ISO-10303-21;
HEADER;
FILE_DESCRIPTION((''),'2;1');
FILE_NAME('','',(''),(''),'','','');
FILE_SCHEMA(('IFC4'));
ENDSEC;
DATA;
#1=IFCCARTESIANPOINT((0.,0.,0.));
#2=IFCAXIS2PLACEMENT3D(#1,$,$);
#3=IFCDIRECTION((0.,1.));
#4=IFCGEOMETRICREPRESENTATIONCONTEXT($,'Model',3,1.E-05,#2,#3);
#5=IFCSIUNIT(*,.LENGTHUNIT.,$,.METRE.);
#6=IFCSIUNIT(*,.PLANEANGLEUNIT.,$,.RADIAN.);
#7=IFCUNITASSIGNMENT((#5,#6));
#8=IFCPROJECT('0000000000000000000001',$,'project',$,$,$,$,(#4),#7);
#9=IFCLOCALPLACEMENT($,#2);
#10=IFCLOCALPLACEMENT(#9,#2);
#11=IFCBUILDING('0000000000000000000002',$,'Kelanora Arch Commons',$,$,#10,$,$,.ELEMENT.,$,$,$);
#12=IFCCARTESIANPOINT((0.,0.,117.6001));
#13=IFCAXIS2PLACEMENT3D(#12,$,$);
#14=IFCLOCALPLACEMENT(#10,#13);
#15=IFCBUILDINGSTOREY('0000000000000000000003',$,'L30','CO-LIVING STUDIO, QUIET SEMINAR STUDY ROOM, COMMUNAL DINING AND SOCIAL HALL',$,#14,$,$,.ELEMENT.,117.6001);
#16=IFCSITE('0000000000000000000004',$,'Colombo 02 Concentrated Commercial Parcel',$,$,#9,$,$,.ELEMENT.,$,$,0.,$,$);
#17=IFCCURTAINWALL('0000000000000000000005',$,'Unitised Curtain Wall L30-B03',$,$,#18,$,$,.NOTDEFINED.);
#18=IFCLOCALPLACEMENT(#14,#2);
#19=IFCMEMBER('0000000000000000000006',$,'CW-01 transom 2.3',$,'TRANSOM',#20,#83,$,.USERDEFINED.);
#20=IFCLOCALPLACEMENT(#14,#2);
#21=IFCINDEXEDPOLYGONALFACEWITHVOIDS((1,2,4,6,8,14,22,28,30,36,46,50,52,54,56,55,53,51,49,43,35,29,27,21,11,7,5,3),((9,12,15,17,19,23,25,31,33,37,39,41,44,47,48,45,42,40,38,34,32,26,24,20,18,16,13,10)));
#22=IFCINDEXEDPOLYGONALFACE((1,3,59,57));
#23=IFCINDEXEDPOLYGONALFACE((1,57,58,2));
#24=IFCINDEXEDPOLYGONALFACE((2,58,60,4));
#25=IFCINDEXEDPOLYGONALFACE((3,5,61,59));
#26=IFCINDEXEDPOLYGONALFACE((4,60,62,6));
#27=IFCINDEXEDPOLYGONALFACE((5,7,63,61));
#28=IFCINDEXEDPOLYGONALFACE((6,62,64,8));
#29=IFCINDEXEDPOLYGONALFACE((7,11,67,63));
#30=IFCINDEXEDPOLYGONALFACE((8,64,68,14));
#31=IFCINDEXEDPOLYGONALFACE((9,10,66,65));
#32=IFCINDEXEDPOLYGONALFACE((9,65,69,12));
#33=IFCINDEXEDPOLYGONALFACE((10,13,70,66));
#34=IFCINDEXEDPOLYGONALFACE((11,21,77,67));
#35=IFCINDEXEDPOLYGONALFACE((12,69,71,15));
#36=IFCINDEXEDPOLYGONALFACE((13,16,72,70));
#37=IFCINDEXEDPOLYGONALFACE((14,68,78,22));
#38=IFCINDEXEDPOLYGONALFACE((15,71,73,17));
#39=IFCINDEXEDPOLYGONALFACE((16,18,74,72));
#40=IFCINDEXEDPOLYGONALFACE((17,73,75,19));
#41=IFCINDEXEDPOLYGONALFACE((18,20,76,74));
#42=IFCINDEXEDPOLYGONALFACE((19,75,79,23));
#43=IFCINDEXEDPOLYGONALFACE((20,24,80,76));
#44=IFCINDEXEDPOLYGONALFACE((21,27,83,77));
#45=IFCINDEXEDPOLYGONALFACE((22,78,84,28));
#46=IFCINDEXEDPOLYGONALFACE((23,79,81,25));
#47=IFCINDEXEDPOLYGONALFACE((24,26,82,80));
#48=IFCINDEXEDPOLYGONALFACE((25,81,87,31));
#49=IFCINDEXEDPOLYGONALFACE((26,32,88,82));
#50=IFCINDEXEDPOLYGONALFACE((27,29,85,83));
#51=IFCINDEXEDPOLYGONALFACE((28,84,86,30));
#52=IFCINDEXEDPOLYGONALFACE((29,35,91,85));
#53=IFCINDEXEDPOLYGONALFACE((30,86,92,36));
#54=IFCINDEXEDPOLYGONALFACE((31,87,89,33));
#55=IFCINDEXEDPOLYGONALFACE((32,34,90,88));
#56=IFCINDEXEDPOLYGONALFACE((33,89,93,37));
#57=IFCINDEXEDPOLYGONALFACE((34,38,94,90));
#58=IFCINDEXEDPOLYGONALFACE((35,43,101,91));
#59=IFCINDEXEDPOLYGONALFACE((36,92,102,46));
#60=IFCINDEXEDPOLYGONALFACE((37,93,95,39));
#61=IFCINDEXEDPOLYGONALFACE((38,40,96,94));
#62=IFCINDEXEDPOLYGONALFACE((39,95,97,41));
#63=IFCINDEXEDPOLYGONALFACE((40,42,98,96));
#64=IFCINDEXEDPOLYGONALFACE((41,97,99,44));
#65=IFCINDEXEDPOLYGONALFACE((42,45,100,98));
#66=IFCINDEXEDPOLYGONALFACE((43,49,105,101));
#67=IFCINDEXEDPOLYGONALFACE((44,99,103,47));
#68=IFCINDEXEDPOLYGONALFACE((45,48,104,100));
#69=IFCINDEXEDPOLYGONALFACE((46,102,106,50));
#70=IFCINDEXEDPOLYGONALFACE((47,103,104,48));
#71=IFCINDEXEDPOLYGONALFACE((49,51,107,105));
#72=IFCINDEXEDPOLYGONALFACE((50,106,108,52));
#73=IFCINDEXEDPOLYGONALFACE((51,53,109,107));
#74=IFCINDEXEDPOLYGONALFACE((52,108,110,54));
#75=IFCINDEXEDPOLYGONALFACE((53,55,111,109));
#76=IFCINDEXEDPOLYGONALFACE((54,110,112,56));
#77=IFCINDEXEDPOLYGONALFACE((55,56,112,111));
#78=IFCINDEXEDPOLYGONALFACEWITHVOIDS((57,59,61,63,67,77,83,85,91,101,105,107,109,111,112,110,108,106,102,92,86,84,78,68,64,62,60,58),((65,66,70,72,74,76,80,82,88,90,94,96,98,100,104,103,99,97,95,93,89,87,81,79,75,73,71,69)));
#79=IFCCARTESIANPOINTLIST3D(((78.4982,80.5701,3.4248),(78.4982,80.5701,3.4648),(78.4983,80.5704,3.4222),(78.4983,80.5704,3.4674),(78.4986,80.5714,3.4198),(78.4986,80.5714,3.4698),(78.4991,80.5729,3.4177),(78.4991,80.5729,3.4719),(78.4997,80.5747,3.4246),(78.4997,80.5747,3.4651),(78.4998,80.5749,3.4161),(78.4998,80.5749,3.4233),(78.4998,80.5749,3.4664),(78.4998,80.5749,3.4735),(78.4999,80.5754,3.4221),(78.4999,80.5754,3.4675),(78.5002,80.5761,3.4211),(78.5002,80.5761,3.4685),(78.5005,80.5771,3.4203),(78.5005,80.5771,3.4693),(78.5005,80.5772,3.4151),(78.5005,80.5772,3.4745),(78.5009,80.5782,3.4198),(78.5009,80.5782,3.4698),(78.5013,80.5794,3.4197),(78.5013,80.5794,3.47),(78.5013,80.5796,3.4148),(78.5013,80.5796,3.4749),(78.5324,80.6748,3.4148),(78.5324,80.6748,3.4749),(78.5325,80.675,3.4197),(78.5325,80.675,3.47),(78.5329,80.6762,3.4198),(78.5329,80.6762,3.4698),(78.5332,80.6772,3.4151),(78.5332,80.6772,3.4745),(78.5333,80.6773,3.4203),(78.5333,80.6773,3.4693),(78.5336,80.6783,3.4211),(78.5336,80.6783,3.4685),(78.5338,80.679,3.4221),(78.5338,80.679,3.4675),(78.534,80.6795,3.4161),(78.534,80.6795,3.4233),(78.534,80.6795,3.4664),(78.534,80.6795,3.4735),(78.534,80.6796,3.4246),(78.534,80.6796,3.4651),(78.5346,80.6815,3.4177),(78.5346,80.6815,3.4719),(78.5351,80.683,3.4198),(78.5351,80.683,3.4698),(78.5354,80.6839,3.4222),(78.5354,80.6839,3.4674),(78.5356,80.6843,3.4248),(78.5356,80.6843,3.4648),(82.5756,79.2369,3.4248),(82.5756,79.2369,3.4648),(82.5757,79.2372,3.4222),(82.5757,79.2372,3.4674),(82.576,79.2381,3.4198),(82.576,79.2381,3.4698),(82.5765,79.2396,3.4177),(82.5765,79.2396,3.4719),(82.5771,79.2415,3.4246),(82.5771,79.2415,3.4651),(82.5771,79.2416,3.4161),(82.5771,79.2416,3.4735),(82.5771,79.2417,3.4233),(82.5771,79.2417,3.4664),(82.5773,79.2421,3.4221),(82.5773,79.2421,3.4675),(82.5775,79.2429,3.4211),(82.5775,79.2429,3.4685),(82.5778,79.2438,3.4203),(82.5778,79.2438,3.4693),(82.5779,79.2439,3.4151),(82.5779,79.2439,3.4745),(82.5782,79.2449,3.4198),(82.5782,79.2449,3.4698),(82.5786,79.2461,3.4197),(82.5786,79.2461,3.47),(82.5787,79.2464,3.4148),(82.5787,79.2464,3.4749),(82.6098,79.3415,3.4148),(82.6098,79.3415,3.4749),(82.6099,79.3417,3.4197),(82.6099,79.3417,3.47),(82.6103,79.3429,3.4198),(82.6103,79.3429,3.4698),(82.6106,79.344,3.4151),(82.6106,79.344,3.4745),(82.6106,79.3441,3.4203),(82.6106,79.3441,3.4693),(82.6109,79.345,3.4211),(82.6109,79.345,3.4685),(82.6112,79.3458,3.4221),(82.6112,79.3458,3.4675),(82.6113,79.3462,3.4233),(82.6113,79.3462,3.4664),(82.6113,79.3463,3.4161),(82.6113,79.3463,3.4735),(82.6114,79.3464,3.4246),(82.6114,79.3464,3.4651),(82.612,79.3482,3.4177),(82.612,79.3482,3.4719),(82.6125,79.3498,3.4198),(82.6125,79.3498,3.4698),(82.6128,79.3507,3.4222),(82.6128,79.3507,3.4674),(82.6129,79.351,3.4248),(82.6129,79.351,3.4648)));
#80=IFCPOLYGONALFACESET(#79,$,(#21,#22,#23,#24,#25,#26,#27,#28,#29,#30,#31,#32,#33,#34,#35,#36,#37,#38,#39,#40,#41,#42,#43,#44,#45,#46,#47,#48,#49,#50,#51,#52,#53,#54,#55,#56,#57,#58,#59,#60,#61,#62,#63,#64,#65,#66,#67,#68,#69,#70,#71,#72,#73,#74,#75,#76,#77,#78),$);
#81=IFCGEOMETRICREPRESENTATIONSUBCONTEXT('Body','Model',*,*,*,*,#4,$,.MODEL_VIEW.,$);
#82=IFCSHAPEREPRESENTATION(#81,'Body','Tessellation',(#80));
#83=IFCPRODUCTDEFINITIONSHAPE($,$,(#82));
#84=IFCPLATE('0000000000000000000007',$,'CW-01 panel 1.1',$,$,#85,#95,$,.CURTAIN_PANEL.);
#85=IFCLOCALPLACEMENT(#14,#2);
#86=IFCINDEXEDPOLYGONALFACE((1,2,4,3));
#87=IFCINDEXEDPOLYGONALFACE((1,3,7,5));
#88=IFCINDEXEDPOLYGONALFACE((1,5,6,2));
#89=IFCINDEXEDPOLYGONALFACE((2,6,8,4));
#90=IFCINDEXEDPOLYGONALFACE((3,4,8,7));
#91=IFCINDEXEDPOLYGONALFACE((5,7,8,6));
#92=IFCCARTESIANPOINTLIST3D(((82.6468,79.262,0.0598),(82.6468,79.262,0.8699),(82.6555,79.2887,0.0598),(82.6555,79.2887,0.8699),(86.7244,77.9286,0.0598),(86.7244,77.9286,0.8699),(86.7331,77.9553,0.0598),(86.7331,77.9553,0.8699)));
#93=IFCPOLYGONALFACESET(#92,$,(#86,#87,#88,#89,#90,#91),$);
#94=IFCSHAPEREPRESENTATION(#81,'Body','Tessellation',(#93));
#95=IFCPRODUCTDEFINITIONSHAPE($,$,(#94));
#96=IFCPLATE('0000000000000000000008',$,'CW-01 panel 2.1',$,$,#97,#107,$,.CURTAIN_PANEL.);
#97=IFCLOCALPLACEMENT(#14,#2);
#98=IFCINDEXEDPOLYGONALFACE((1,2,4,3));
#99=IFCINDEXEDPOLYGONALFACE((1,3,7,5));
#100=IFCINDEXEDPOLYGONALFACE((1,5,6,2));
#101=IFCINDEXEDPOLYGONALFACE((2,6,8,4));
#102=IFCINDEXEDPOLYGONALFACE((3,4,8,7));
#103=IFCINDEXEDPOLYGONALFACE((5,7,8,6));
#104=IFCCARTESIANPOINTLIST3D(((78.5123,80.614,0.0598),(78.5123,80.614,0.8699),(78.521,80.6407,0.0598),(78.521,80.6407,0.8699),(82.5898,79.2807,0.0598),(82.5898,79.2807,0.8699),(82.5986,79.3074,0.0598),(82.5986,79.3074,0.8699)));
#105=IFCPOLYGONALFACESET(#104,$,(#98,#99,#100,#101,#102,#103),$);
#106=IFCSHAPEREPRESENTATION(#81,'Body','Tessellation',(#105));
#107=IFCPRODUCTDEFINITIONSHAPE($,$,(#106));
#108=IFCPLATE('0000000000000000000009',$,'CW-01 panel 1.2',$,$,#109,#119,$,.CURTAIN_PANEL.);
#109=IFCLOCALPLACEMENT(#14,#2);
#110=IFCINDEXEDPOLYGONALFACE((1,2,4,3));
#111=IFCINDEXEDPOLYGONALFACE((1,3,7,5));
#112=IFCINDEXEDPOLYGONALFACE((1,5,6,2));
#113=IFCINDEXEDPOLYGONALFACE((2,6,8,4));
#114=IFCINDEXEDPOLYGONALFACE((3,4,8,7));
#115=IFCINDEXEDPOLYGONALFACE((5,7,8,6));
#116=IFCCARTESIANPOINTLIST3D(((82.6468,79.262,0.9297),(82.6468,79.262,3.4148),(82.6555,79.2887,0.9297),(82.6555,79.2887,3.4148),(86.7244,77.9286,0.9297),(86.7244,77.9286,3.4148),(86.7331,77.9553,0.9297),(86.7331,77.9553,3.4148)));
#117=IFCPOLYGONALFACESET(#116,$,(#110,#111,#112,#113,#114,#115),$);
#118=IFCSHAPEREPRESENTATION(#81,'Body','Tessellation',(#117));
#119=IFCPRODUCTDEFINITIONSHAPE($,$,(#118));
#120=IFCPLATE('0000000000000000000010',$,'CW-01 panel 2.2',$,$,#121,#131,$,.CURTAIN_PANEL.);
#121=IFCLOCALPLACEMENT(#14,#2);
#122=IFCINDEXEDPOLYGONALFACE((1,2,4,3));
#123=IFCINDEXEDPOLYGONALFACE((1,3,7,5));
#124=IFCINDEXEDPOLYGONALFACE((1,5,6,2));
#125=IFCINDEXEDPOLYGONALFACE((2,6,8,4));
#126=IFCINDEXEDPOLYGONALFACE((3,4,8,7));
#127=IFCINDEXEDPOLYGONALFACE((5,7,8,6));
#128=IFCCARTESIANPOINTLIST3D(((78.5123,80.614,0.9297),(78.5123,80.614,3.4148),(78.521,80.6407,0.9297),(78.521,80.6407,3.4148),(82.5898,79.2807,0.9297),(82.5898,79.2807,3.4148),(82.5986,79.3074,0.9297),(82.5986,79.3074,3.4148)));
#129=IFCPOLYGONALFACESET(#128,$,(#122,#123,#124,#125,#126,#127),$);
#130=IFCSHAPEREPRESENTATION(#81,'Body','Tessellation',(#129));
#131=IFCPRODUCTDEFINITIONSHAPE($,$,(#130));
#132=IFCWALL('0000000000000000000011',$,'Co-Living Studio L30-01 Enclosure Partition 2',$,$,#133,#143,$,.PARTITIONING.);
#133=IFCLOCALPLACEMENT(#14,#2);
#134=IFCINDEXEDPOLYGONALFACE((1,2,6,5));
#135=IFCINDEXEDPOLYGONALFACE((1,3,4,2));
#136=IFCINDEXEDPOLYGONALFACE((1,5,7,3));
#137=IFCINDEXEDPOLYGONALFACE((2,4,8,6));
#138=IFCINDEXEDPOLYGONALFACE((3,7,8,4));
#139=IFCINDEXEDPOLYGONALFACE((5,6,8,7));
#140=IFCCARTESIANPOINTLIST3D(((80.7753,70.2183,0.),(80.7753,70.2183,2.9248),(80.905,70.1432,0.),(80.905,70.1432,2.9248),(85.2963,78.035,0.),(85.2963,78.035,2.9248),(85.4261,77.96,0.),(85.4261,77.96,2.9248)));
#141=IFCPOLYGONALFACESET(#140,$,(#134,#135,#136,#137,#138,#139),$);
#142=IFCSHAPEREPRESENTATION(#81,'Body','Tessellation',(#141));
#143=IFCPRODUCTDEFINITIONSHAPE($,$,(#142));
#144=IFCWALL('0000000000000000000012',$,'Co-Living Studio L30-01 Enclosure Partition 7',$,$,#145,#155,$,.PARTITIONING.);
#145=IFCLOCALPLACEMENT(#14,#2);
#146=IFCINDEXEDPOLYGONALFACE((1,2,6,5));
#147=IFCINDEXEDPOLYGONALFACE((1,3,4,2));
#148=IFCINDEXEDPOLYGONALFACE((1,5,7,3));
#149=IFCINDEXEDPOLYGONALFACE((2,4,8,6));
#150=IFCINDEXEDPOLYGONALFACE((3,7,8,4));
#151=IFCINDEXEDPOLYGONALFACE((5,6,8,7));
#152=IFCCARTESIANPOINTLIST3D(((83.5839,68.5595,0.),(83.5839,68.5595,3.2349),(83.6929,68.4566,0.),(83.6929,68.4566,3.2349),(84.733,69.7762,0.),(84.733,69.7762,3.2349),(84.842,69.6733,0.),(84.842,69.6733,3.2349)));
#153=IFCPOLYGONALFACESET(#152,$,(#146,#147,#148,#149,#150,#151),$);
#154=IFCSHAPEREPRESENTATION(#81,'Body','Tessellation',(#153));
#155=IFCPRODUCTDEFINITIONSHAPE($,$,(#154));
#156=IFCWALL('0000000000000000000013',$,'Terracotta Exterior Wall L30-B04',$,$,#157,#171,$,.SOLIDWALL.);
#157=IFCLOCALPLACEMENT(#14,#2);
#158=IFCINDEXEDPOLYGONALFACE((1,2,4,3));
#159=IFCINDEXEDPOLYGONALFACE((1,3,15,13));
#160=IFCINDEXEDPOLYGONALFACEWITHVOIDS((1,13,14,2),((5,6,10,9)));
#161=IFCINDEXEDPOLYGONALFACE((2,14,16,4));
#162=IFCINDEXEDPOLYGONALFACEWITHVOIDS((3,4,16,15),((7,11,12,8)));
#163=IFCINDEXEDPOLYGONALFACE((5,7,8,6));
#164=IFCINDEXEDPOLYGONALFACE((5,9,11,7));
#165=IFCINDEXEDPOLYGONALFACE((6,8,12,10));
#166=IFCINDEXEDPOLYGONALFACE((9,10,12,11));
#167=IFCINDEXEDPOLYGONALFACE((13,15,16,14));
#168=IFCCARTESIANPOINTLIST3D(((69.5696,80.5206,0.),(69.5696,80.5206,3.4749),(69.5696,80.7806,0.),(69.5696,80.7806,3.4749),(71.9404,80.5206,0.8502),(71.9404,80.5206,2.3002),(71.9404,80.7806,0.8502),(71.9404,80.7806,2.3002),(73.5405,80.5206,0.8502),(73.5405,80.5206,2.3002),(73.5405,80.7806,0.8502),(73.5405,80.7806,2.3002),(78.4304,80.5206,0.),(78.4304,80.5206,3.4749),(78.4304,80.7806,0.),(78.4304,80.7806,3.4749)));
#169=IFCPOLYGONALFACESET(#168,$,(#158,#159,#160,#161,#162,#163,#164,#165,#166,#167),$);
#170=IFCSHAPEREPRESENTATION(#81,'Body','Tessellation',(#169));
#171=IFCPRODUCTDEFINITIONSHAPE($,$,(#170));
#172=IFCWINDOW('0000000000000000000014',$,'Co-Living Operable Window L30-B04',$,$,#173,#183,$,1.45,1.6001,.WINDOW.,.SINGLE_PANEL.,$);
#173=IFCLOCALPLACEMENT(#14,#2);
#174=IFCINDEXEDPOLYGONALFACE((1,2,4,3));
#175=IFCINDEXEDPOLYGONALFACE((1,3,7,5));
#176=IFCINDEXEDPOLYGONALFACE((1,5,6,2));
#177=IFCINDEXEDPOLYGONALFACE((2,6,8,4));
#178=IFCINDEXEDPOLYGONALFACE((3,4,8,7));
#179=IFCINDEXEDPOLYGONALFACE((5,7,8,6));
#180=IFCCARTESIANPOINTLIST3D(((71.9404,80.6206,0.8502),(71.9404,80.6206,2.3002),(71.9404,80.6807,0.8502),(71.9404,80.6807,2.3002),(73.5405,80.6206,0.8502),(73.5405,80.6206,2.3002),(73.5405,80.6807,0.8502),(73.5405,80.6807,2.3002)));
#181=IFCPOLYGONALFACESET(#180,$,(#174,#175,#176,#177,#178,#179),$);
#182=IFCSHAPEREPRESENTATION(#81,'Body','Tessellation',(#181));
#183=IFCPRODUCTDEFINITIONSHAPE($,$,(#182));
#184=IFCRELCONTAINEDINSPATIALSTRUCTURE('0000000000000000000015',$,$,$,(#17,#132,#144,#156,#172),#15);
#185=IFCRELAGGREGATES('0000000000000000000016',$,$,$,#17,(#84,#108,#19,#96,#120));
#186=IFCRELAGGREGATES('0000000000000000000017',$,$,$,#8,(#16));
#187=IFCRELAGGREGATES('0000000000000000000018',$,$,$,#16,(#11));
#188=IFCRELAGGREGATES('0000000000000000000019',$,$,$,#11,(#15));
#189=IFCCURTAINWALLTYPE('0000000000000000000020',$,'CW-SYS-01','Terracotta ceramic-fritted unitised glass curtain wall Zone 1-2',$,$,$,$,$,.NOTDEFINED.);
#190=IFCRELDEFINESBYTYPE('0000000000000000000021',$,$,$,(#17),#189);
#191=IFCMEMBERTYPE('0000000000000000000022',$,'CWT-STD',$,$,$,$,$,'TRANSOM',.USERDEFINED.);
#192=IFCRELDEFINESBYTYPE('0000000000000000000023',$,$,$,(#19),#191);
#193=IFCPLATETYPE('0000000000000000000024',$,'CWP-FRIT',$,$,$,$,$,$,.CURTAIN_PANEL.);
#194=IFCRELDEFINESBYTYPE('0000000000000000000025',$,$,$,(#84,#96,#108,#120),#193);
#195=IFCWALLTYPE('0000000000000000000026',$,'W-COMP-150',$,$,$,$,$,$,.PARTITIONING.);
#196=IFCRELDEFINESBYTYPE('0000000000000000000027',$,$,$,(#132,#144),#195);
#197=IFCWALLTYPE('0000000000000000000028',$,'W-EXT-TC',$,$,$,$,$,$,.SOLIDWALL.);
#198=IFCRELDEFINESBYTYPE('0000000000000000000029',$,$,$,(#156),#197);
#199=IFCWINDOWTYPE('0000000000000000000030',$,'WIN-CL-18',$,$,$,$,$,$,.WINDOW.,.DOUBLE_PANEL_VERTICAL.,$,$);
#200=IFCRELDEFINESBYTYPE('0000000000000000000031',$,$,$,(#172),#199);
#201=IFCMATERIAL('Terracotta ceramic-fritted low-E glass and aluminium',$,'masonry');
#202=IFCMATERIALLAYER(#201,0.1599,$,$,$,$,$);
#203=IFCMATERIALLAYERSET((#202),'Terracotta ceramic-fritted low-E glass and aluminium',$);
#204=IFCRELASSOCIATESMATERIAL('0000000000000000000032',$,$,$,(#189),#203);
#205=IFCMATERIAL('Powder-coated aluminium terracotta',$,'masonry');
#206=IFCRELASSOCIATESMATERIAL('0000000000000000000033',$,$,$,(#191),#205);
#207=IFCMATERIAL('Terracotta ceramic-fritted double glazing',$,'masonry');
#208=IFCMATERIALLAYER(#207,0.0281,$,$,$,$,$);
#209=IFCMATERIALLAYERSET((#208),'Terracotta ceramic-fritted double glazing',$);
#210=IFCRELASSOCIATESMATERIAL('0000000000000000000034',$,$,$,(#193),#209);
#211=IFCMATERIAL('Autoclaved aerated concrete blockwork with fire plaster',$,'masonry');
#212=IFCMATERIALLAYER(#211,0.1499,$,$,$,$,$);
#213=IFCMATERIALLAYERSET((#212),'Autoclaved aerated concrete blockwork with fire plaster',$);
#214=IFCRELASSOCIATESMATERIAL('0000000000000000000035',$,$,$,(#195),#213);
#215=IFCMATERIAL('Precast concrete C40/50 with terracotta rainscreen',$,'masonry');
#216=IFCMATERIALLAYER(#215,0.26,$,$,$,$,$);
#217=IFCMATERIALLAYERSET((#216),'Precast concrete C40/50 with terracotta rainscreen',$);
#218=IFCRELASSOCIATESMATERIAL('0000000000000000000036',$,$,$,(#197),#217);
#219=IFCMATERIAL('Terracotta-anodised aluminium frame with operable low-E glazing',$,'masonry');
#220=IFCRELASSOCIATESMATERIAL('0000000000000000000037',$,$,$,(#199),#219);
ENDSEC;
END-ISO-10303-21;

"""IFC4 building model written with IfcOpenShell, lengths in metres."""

from ifc_helpers import new_model, si_unit, direction, frame, frame_2d, origin, origin_2d, place, context, subcontext, project, spatial, rectangle, hollow_rectangle, extrude, source, transform, mapped, material, layer, layer_set, material_profile, profile_set, type_object, element, fill, aggregate, save


model = new_model("IFC4")

# Units and contexts
model_context = context("Model", 3, precision=1e-05, world=origin(), true_north=direction((0.0, 1.0)))
body_context = subcontext(model_context, "Body", "Model", "MODEL_VIEW")
ifc_project = project(units=[si_unit("LENGTHUNIT", "METRE"), si_unit("PLANEANGLEUNIT", "RADIAN")], contexts=[model_context])

# Site, building, storey
site_placement = place(None, origin())
site = spatial("IfcSite", under=ifc_project, at=site_placement, Name="Colombo 02 Concentrated Commercial Parcel", CompositionType="ELEMENT", RefElevation=0.0)
building_placement = place(site_placement, origin())
building = spatial("IfcBuilding", under=site, at=building_placement, Name="Kelanora Arch Commons", CompositionType="ELEMENT")
storey_placement = place(building_placement, frame((0.0, 0.0, 117.6001)))
storey = spatial("IfcBuildingStorey", under=building, at=storey_placement, Name="L30", Description="CO-LIVING STUDIO, QUIET SEMINAR STUDY ROOM, COMMUNAL DINING AND SOCIAL HALL", CompositionType="ELEMENT", Elevation=117.6001)

# Curtain wall, member, plates
ifc_material_1 = material(Name="Terracotta ceramic-fritted low-E glass and aluminium", Category="masonry")
ifc_layer_1 = layer(ifc_material_1, 0.1599)
ifc_layer_set_1 = layer_set([ifc_layer_1], Name="Terracotta ceramic-fritted low-E glass and aluminium")
curtain_wall_type = type_object("IfcCurtainWallType", Name="CW-SYS-01", Description="Terracotta ceramic-fritted unitised glass curtain wall Zone 1-2", PredefinedType="NOTDEFINED", material=ifc_layer_set_1)
curtain_wall_placement = place(storey_placement, origin())
curtain_wall = element("IfcCurtainWall", 1, at=curtain_wall_placement, inside=storey, type_object=curtain_wall_type, Name="Unitised Curtain Wall L30-B03", PredefinedType="NOTDEFINED")
ifc_material_2 = material(Name="Powder-coated aluminium terracotta", Category="masonry")
ifc_material_profile_1 = material_profile(ifc_material_2, hollow_rectangle(XDim=0.1201, YDim=0.0601, WallThickness=0.0049, InnerFilletRadius=0.0049, OuterFilletRadius=0.01, at=origin_2d()), Name="CWT120x60")
ifc_profile_set_1 = profile_set([ifc_material_profile_1], Name="Powder-coated aluminium terracotta")
member_type_1 = type_object("IfcMemberType", Name="CWT-STD", ElementType="TRANSOM", PredefinedType="USERDEFINED", material=ifc_profile_set_1)
member_1_placement = place(storey_placement, frame((82.5942, 79.2939, 3.4448), z_axis=(-0.950478, 0.310793, 0.0), x_axis=(-0.310793, -0.950478, 0.0)))
member_1 = element("IfcMember", 2, at=member_1_placement, type_object=member_type_1, Name="CW-01 transom 2.3", ObjectType="TRANSOM", PredefinedType="USERDEFINED", context=body_context, shape_type="SweptSolid", body=[
    extrude(hollow_rectangle(XDim=0.1201, YDim=0.0601, WallThickness=0.0049, InnerFilletRadius=0.0049, OuterFilletRadius=0.01, at=origin_2d()), origin(), (0.0, 0.0, 1.0), 4.2898),
])
ifc_material_3 = material(Name="Terracotta ceramic-fritted double glazing", Category="masonry")
ifc_layer_2 = layer(ifc_material_3, 0.0281)
ifc_layer_set_2 = layer_set([ifc_layer_2], Name="Terracotta ceramic-fritted double glazing")
plate_type = type_object("IfcPlateType", Name="CWP-FRIT", PredefinedType="CURTAIN_PANEL", material=ifc_layer_set_2)
shared_shape_1 = source(origin(), body_context, "Body", "SweptSolid", [
    extrude(rectangle(XDim=4.29, YDim=0.0281, at=origin_2d()), origin(), (0.0, 0.0, 1.0), 0.8101),
])
plate_1_placement = place(storey_placement, frame((84.6899, 78.6086, 0.0598), z_axis=(0.0, 0.0, 1.0), x_axis=(-0.950474, 0.310805, 0.0)))
plate_1 = element("IfcPlate", 3, at=plate_1_placement, type_object=plate_type, Name="CW-01 panel 1.1", PredefinedType="CURTAIN_PANEL", context=body_context, shape_type="MappedRepresentation", body=[
    mapped(shared_shape_1, transform((0.0, 0.0, 0.0), scale=1.0)),
])
plate_2_placement = place(storey_placement, frame((80.5554, 79.9607, 0.0598), z_axis=(0.0, 0.0, 1.0), x_axis=(-0.950474, 0.310805, 0.0)))
plate_2 = element("IfcPlate", 4, at=plate_2_placement, type_object=plate_type, Name="CW-01 panel 2.1", PredefinedType="CURTAIN_PANEL", context=body_context, shape_type="MappedRepresentation", body=[
    mapped(shared_shape_1, transform((0.0, 0.0, 0.0), scale=1.0)),
])
shared_shape_2 = source(origin(), body_context, "Body", "SweptSolid", [
    extrude(rectangle(XDim=4.29, YDim=0.0281, at=origin_2d()), origin(), (0.0, 0.0, 1.0), 2.4851),
])
plate_3_placement = place(storey_placement, frame((84.6899, 78.6086, 0.9297), z_axis=(0.0, 0.0, 1.0), x_axis=(-0.950474, 0.310805, 0.0)))
plate_3 = element("IfcPlate", 5, at=plate_3_placement, type_object=plate_type, Name="CW-01 panel 1.2", PredefinedType="CURTAIN_PANEL", context=body_context, shape_type="MappedRepresentation", body=[
    mapped(shared_shape_2, transform((0.0, 0.0, 0.0), scale=1.0)),
])
plate_4_placement = place(storey_placement, frame((80.5554, 79.9607, 0.9297), z_axis=(0.0, 0.0, 1.0), x_axis=(-0.950474, 0.310805, 0.0)))
plate_4 = element("IfcPlate", 6, at=plate_4_placement, type_object=plate_type, Name="CW-01 panel 2.2", PredefinedType="CURTAIN_PANEL", context=body_context, shape_type="MappedRepresentation", body=[
    mapped(shared_shape_2, transform((0.0, 0.0, 0.0), scale=1.0)),
])
aggregate(curtain_wall, [plate_1, plate_3, member_1, plate_2, plate_4])

# Walls
ifc_material_4 = material(Name="Autoclaved aerated concrete blockwork with fire plaster", Category="masonry")
ifc_layer_3 = layer(ifc_material_4, 0.1499)
ifc_layer_set_3 = layer_set([ifc_layer_3], Name="Autoclaved aerated concrete blockwork with fire plaster")
wall_type_1 = type_object("IfcWallType", Name="W-COMP-150", PredefinedType="PARTITIONING", material=ifc_layer_set_3)
wall_1_placement = place(storey_placement, frame((80.8401, 70.1807, 0.0), z_axis=(0.0, 0.0, 1.0), x_axis=(0.500669, 0.865639, 0.0)))
element("IfcWall", 7, at=wall_1_placement, inside=storey, type_object=wall_type_1, Name="Co-Living Studio L30-01 Enclosure Partition 2", PredefinedType="PARTITIONING", context=body_context, shape_type="SweptSolid", body=[
    extrude(rectangle(XDim=9.03, YDim=0.1499, at=frame_2d((4.5151, 0.0))), origin(), (0.0, 0.0, 1.0), 2.9248),
])
wall_2_placement = place(storey_placement, frame((84.7876, 69.7249, 0.0), z_axis=(0.0, 0.0, 1.0), x_axis=(-0.686615, -0.727021, 0.0)))
element("IfcWall", 8, at=wall_2_placement, inside=storey, type_object=wall_type_1, Name="Co-Living Studio L30-01 Enclosure Partition 7", PredefinedType="PARTITIONING", context=body_context, shape_type="SweptSolid", body=[
    extrude(rectangle(XDim=1.6736, YDim=0.1499, at=frame_2d((0.8369, 0.0))), origin(), (0.0, 0.0, 1.0), 3.2349),
])

# Wall, opening, window
ifc_material_5 = material(Name="Precast concrete C40/50 with terracotta rainscreen", Category="masonry")
ifc_layer_4 = layer(ifc_material_5, 0.26)
ifc_layer_set_4 = layer_set([ifc_layer_4], Name="Precast concrete C40/50 with terracotta rainscreen")
wall_type_2 = type_object("IfcWallType", Name="W-EXT-TC", PredefinedType="SOLIDWALL", material=ifc_layer_set_4)
wall_3_placement = place(storey_placement, frame((78.4304, 80.6506, 0.0), z_axis=(0.0, 0.0, 1.0), x_axis=(-1.0, 0.0, 0.0)))
wall_3 = element("IfcWall", 9, at=wall_3_placement, inside=storey, type_object=wall_type_2, Name="Terracotta Exterior Wall L30-B04", PredefinedType="SOLIDWALL", context=body_context, shape_type="SweptSolid", body=[
    extrude(rectangle(XDim=8.8608, YDim=0.26, at=frame_2d((4.4304, 0.0))), origin(), (0.0, 0.0, 1.0), 3.4749),
])
opening_1_placement = place(wall_3_placement, frame((4.8899, 0.0, 0.8501)))
opening_1 = element("IfcOpeningElement", 10, at=opening_1_placement, cuts=wall_3, PredefinedType="OPENING", context=body_context, shape_type="SweptSolid", body=[
    extrude(rectangle(XDim=1.6001, YDim=1.45, at=frame_2d((0.8, 0.7251))), frame((0.0, 0.1401, 0.0), z_axis=(0.0, -1.0, 0.0), x_axis=(1.0, 0.0, 0.0)), (0.0, 0.0, 1.0), 0.28),
])
ifc_material_6 = material(Name="Terracotta-anodised aluminium frame with operable low-E glazing", Category="masonry")
window_type = type_object("IfcWindowType", Name="WIN-CL-18", PartitioningType="DOUBLE_PANEL_VERTICAL", PredefinedType="WINDOW", material=ifc_material_6)
window_placement = place(opening_1_placement, origin())
window = element("IfcWindow", 11, at=window_placement, inside=storey, type_object=window_type, Name="Co-Living Operable Window L30-B04", OverallHeight=1.45, OverallWidth=1.6001, PartitioningType="SINGLE_PANEL", PredefinedType="WINDOW", context=body_context, shape_type="SweptSolid", body=[
    extrude(rectangle(XDim=1.6001, YDim=1.45, at=frame_2d((0.8, 0.7251))), frame((0.0, 0.03, 0.0), z_axis=(0.0, -1.0, 0.0), x_axis=(1.0, 0.0, 0.0)), (0.0, 0.0, 1.0), 0.0601),
])
fill(opening_1, window)

save(model, "model.ifc")
